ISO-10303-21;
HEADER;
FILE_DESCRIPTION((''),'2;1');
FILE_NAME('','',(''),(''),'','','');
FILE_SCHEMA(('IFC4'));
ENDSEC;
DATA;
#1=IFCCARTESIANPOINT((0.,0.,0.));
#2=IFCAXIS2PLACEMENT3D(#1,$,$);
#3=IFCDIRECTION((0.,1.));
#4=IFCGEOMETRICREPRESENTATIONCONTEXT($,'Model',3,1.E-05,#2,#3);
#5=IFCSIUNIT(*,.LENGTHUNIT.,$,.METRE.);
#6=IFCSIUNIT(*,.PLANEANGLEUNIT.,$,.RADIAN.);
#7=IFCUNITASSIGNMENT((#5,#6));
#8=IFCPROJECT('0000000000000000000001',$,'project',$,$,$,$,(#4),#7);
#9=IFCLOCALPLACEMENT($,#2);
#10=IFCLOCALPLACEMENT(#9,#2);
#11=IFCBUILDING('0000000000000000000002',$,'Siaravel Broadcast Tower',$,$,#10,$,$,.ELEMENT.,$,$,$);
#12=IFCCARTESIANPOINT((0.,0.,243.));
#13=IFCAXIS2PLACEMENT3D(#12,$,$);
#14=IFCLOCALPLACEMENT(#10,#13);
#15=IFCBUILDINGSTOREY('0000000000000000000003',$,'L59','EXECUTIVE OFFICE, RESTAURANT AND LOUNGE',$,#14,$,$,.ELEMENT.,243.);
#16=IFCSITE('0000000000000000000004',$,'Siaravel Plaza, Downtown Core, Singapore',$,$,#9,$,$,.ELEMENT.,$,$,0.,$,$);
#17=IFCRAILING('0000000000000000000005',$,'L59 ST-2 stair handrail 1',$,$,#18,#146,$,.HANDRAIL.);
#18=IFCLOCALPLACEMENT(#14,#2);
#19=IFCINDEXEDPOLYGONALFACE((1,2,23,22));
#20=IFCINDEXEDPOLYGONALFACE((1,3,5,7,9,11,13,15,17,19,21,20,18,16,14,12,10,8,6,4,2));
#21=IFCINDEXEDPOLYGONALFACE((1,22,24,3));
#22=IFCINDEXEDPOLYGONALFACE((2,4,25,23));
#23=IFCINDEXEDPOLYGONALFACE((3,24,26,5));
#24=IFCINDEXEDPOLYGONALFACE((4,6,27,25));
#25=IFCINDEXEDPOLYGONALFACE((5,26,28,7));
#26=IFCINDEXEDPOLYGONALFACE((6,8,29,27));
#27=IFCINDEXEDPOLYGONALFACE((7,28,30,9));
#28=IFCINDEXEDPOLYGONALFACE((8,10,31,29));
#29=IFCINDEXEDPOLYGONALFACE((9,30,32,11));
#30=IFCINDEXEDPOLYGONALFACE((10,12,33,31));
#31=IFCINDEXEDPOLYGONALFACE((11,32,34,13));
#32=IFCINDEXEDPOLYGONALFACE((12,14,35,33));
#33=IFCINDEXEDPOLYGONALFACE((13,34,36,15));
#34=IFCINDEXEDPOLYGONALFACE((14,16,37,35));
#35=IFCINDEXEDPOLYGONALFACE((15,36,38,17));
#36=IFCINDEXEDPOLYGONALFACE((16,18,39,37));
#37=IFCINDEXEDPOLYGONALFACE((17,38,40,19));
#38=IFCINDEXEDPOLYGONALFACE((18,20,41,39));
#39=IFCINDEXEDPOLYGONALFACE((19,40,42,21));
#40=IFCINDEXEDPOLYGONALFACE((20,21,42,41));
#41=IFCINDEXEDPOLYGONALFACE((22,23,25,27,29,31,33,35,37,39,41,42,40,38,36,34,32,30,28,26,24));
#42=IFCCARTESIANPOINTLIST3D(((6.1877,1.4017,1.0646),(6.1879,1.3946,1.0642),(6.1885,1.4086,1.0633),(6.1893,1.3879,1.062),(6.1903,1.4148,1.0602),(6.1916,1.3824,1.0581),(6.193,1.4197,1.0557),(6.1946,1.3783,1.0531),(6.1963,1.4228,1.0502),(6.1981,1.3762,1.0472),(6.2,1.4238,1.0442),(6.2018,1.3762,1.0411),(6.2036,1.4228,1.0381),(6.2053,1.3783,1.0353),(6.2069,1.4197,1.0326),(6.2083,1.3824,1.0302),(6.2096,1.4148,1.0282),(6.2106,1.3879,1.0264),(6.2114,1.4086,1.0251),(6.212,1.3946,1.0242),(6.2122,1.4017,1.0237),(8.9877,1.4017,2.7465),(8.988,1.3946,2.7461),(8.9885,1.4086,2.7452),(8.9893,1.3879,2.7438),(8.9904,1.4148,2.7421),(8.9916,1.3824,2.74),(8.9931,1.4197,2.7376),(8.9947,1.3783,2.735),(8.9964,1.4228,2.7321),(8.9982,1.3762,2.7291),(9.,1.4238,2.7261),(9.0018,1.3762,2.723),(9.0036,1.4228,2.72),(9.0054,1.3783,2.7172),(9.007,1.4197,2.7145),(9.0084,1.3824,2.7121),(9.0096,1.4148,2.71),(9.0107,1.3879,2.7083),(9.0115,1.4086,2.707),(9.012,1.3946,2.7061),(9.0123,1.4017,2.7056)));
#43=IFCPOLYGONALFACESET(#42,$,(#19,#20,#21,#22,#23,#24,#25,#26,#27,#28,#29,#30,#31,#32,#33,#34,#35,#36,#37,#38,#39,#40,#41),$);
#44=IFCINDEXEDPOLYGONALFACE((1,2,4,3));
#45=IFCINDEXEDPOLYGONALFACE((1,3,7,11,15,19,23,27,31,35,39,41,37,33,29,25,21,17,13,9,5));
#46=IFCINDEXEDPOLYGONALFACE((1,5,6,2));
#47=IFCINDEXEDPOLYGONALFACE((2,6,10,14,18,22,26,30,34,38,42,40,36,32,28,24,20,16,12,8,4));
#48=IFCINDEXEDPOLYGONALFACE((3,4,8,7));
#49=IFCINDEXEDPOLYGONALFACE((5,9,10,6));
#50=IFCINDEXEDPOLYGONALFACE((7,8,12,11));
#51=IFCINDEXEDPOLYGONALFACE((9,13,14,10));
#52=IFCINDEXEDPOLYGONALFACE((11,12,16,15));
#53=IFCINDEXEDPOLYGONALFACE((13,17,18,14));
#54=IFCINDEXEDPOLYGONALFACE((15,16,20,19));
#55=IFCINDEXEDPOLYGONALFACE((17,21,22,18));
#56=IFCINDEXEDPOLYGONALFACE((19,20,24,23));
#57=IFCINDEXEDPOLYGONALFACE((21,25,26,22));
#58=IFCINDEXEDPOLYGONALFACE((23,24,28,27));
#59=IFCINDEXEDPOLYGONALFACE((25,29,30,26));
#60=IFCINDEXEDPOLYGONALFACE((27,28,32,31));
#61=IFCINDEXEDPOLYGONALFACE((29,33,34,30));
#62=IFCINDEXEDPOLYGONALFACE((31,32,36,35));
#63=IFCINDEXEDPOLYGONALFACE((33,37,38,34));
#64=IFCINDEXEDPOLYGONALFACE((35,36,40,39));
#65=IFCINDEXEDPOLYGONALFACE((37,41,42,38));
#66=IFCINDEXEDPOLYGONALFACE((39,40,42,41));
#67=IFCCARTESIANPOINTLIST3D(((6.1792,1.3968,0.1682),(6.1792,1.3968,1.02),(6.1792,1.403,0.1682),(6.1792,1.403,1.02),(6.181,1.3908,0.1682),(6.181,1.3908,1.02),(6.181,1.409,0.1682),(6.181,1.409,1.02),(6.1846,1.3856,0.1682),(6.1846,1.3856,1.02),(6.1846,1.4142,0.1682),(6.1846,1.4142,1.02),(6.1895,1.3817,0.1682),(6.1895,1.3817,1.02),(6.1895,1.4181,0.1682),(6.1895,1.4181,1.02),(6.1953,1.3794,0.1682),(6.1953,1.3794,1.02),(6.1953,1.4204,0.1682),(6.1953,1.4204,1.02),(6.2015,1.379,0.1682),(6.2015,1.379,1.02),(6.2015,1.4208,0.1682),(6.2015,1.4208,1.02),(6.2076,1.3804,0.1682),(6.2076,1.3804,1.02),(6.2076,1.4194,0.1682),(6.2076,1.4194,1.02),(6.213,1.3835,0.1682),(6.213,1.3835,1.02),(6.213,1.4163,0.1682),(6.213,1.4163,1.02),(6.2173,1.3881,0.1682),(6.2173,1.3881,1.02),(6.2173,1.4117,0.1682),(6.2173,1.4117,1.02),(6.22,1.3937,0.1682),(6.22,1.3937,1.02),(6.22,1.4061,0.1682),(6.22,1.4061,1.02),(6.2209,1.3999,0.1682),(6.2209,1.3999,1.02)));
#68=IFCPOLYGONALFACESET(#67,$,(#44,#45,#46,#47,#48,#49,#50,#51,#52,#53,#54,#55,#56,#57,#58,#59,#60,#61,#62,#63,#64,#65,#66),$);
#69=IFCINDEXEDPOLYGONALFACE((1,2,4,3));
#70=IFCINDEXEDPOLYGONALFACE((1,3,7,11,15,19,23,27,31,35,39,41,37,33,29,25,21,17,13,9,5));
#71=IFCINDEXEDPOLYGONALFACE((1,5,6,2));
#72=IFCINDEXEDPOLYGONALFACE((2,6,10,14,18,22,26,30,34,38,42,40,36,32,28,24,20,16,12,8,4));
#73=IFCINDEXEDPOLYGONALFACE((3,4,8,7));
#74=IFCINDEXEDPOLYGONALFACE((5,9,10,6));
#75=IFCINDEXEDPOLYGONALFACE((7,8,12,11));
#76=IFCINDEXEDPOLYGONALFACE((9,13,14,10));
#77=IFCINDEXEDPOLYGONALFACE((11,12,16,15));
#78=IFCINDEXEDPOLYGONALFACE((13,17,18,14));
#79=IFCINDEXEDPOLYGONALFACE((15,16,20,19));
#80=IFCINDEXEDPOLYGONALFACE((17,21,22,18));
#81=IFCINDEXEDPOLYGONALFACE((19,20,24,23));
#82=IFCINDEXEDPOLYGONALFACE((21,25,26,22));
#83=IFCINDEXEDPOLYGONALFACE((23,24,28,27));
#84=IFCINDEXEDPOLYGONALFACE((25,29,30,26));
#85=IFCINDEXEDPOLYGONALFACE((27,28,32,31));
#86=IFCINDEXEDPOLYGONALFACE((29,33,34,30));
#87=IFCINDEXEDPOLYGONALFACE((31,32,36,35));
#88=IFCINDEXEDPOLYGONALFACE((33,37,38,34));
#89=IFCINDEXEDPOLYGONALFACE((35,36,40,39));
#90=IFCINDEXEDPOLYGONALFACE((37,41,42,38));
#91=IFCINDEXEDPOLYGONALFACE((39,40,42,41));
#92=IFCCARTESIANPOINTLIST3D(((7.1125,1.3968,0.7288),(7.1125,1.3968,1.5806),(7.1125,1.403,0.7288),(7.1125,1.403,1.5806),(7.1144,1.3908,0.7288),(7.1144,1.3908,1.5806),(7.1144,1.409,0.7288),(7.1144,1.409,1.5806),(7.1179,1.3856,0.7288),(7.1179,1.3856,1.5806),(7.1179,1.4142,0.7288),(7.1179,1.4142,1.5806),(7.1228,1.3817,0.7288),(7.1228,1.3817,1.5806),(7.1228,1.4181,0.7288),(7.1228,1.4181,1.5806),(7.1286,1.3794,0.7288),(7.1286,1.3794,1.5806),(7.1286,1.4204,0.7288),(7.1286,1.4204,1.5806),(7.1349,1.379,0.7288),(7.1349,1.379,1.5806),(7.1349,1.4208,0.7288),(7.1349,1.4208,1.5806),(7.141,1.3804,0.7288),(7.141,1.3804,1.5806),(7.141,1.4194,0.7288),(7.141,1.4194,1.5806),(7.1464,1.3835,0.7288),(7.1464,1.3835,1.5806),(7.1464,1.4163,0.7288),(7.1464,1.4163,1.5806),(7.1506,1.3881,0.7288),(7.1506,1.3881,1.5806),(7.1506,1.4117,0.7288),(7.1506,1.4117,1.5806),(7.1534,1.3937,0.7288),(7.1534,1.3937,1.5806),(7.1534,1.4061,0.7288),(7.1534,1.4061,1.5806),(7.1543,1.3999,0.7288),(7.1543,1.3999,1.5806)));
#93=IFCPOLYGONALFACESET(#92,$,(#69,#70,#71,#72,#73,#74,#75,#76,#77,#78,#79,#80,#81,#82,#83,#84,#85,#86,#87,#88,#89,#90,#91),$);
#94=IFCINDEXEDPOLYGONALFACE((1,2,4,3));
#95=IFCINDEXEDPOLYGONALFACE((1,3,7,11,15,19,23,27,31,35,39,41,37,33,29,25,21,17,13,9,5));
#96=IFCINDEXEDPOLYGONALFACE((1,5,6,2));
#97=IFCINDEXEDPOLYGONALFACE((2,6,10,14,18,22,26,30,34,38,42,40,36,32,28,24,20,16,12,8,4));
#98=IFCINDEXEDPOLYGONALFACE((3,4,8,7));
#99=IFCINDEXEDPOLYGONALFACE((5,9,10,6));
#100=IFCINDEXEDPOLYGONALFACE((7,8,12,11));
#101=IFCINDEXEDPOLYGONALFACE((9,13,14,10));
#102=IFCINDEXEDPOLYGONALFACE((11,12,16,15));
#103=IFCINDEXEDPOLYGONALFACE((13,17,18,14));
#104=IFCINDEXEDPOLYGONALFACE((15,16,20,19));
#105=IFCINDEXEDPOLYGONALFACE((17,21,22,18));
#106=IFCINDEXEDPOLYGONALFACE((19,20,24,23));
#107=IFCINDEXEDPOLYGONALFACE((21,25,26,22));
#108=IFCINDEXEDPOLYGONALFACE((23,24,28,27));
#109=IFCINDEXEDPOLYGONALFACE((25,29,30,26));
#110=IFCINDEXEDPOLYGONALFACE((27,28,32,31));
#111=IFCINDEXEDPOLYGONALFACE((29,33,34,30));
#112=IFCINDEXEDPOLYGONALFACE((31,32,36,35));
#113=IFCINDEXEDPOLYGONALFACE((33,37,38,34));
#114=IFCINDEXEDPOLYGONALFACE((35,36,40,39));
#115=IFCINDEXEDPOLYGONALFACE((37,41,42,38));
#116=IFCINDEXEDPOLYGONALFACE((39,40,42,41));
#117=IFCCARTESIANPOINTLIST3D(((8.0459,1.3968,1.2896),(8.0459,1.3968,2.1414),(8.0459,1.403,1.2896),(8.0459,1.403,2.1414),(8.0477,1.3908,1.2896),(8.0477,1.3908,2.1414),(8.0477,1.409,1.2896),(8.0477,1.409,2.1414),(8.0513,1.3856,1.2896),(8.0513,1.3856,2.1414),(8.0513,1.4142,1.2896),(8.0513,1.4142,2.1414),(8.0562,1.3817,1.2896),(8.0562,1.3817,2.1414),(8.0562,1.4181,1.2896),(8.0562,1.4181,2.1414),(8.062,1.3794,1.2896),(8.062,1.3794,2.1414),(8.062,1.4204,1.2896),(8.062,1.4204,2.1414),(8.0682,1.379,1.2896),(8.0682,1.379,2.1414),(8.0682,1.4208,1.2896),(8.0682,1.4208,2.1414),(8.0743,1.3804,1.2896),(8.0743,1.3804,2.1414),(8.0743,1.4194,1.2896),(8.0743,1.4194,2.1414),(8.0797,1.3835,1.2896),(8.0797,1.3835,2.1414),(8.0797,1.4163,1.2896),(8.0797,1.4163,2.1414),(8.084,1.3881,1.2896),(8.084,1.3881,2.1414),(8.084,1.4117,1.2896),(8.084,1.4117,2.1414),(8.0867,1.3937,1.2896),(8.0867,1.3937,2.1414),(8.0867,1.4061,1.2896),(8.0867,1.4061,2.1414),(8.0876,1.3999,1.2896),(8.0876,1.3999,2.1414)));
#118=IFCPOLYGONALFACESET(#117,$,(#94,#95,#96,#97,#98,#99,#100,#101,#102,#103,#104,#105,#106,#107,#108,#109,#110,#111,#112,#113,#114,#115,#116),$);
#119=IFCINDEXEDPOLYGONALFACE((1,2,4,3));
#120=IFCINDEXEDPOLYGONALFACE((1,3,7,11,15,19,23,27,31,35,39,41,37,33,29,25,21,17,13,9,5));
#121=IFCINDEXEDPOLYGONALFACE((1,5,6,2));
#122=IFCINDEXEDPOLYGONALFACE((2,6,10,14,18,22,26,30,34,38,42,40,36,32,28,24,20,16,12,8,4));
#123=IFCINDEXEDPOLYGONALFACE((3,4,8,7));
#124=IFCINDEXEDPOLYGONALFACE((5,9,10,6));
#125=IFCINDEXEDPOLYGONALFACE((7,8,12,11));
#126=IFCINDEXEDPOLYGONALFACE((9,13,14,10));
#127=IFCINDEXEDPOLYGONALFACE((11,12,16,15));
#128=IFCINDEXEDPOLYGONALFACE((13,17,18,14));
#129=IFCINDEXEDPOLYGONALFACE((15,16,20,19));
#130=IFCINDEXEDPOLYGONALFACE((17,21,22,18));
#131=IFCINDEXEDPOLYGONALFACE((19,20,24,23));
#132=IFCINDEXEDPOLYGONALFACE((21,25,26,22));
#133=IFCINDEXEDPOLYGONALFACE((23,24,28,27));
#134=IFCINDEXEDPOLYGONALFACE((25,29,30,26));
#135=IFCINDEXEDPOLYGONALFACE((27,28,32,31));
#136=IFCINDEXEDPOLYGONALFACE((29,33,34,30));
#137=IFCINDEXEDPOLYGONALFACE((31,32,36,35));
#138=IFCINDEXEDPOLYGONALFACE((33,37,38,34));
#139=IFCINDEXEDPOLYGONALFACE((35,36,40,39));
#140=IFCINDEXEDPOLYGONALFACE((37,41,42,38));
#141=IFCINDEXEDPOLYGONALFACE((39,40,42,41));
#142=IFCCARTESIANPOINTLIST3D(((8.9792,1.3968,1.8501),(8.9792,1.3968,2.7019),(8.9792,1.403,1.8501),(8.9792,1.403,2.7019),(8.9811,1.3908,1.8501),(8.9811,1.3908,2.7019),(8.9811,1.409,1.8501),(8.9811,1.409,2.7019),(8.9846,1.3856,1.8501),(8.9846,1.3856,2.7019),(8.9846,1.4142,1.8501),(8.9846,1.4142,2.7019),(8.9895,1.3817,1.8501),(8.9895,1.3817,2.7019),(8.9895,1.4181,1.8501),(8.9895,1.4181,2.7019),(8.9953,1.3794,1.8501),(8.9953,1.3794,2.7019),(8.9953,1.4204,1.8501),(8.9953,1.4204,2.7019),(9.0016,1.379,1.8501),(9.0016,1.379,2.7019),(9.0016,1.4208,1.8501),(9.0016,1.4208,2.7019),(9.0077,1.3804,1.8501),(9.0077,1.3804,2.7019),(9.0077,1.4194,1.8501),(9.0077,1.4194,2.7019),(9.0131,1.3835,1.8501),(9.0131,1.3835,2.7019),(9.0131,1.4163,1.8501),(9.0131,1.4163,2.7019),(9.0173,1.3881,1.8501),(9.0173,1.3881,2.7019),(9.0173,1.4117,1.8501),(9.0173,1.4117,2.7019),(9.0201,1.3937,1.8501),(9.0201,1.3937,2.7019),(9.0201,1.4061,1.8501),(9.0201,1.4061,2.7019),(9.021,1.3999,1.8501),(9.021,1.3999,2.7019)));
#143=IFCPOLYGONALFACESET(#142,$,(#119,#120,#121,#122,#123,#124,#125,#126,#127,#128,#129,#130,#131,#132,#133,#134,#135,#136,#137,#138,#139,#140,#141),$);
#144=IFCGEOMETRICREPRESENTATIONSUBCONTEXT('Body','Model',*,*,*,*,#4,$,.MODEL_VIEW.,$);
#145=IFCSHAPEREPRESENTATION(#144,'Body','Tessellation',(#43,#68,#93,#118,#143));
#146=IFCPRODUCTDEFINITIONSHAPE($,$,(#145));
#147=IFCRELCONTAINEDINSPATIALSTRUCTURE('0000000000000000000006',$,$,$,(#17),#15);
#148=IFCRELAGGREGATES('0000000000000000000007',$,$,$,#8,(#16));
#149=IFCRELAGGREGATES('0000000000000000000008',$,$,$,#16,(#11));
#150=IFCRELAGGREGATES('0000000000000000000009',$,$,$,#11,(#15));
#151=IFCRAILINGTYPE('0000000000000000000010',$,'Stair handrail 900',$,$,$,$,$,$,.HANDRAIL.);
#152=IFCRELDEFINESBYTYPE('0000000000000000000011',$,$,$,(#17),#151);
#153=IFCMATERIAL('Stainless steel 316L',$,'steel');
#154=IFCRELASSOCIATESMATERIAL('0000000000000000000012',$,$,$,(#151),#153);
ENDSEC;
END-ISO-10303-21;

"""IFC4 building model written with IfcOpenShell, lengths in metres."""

from ifc_helpers import new_model, si_unit, direction, frame, origin, origin_2d, place, context, subcontext, project, spatial, circle, extrude, material, type_object, element, save


model = new_model("IFC4")

# Units and contexts
model_context = context("Model", 3, precision=1e-05, world=origin(), true_north=direction((0.0, 1.0)))
body_context = subcontext(model_context, "Body", "Model", "MODEL_VIEW")
ifc_project = project(units=[si_unit("LENGTHUNIT", "METRE"), si_unit("PLANEANGLEUNIT", "RADIAN")], contexts=[model_context])

# Site, building, storey
site_placement = place(None, origin())
site = spatial("IfcSite", under=ifc_project, at=site_placement, Name="Siaravel Plaza, Downtown Core, Singapore", CompositionType="ELEMENT", RefElevation=0.0)
building_placement = place(site_placement, origin())
building = spatial("IfcBuilding", under=site, at=building_placement, Name="Siaravel Broadcast Tower", CompositionType="ELEMENT")
storey_placement = place(building_placement, frame((0.0, 0.0, 243.0)))
storey = spatial("IfcBuildingStorey", under=building, at=storey_placement, Name="L59", Description="EXECUTIVE OFFICE, RESTAURANT AND LOUNGE", CompositionType="ELEMENT", Elevation=243.0)

# Railing
ifc_material_1 = material(Name="Stainless steel 316L", Category="steel")
railing_type_1 = type_object("IfcRailingType", Name="Stair handrail 900", PredefinedType="HANDRAIL", material=ifc_material_1)
railing_1_placement = place(storey_placement, frame((6.2, 1.3999, 0.1682)))
element("IfcRailing", 1, at=railing_1_placement, inside=storey, type_object=railing_type_1, Name="L59 ST-2 stair handrail 1", PredefinedType="HANDRAIL", context=body_context, shape_type="SweptSolid", body=[
    extrude(circle(Radius=0.0239, at=origin_2d()), frame((0.0, 0.0, 0.876), z_axis=(0.857242, 0.0, 0.514913), x_axis=(0.0, 1.0, 0.0)), (0.0, 0.0, 1.0), 3.2664),
    extrude(circle(Radius=0.021, at=origin_2d()), origin(), (0.0, 0.0, 1.0), 0.8518),
    extrude(circle(Radius=0.021, at=origin_2d()), frame((0.9333, 0.0, 0.5605)), (0.0, 0.0, 1.0), 0.8518),
    extrude(circle(Radius=0.021, at=origin_2d()), frame((1.8667, 0.0, 1.1213)), (0.0, 0.0, 1.0), 0.8518),
    extrude(circle(Radius=0.021, at=origin_2d()), frame((2.8, 0.0, 1.6819)), (0.0, 0.0, 1.0), 0.8518),
])

save(model, "model.ifc")
